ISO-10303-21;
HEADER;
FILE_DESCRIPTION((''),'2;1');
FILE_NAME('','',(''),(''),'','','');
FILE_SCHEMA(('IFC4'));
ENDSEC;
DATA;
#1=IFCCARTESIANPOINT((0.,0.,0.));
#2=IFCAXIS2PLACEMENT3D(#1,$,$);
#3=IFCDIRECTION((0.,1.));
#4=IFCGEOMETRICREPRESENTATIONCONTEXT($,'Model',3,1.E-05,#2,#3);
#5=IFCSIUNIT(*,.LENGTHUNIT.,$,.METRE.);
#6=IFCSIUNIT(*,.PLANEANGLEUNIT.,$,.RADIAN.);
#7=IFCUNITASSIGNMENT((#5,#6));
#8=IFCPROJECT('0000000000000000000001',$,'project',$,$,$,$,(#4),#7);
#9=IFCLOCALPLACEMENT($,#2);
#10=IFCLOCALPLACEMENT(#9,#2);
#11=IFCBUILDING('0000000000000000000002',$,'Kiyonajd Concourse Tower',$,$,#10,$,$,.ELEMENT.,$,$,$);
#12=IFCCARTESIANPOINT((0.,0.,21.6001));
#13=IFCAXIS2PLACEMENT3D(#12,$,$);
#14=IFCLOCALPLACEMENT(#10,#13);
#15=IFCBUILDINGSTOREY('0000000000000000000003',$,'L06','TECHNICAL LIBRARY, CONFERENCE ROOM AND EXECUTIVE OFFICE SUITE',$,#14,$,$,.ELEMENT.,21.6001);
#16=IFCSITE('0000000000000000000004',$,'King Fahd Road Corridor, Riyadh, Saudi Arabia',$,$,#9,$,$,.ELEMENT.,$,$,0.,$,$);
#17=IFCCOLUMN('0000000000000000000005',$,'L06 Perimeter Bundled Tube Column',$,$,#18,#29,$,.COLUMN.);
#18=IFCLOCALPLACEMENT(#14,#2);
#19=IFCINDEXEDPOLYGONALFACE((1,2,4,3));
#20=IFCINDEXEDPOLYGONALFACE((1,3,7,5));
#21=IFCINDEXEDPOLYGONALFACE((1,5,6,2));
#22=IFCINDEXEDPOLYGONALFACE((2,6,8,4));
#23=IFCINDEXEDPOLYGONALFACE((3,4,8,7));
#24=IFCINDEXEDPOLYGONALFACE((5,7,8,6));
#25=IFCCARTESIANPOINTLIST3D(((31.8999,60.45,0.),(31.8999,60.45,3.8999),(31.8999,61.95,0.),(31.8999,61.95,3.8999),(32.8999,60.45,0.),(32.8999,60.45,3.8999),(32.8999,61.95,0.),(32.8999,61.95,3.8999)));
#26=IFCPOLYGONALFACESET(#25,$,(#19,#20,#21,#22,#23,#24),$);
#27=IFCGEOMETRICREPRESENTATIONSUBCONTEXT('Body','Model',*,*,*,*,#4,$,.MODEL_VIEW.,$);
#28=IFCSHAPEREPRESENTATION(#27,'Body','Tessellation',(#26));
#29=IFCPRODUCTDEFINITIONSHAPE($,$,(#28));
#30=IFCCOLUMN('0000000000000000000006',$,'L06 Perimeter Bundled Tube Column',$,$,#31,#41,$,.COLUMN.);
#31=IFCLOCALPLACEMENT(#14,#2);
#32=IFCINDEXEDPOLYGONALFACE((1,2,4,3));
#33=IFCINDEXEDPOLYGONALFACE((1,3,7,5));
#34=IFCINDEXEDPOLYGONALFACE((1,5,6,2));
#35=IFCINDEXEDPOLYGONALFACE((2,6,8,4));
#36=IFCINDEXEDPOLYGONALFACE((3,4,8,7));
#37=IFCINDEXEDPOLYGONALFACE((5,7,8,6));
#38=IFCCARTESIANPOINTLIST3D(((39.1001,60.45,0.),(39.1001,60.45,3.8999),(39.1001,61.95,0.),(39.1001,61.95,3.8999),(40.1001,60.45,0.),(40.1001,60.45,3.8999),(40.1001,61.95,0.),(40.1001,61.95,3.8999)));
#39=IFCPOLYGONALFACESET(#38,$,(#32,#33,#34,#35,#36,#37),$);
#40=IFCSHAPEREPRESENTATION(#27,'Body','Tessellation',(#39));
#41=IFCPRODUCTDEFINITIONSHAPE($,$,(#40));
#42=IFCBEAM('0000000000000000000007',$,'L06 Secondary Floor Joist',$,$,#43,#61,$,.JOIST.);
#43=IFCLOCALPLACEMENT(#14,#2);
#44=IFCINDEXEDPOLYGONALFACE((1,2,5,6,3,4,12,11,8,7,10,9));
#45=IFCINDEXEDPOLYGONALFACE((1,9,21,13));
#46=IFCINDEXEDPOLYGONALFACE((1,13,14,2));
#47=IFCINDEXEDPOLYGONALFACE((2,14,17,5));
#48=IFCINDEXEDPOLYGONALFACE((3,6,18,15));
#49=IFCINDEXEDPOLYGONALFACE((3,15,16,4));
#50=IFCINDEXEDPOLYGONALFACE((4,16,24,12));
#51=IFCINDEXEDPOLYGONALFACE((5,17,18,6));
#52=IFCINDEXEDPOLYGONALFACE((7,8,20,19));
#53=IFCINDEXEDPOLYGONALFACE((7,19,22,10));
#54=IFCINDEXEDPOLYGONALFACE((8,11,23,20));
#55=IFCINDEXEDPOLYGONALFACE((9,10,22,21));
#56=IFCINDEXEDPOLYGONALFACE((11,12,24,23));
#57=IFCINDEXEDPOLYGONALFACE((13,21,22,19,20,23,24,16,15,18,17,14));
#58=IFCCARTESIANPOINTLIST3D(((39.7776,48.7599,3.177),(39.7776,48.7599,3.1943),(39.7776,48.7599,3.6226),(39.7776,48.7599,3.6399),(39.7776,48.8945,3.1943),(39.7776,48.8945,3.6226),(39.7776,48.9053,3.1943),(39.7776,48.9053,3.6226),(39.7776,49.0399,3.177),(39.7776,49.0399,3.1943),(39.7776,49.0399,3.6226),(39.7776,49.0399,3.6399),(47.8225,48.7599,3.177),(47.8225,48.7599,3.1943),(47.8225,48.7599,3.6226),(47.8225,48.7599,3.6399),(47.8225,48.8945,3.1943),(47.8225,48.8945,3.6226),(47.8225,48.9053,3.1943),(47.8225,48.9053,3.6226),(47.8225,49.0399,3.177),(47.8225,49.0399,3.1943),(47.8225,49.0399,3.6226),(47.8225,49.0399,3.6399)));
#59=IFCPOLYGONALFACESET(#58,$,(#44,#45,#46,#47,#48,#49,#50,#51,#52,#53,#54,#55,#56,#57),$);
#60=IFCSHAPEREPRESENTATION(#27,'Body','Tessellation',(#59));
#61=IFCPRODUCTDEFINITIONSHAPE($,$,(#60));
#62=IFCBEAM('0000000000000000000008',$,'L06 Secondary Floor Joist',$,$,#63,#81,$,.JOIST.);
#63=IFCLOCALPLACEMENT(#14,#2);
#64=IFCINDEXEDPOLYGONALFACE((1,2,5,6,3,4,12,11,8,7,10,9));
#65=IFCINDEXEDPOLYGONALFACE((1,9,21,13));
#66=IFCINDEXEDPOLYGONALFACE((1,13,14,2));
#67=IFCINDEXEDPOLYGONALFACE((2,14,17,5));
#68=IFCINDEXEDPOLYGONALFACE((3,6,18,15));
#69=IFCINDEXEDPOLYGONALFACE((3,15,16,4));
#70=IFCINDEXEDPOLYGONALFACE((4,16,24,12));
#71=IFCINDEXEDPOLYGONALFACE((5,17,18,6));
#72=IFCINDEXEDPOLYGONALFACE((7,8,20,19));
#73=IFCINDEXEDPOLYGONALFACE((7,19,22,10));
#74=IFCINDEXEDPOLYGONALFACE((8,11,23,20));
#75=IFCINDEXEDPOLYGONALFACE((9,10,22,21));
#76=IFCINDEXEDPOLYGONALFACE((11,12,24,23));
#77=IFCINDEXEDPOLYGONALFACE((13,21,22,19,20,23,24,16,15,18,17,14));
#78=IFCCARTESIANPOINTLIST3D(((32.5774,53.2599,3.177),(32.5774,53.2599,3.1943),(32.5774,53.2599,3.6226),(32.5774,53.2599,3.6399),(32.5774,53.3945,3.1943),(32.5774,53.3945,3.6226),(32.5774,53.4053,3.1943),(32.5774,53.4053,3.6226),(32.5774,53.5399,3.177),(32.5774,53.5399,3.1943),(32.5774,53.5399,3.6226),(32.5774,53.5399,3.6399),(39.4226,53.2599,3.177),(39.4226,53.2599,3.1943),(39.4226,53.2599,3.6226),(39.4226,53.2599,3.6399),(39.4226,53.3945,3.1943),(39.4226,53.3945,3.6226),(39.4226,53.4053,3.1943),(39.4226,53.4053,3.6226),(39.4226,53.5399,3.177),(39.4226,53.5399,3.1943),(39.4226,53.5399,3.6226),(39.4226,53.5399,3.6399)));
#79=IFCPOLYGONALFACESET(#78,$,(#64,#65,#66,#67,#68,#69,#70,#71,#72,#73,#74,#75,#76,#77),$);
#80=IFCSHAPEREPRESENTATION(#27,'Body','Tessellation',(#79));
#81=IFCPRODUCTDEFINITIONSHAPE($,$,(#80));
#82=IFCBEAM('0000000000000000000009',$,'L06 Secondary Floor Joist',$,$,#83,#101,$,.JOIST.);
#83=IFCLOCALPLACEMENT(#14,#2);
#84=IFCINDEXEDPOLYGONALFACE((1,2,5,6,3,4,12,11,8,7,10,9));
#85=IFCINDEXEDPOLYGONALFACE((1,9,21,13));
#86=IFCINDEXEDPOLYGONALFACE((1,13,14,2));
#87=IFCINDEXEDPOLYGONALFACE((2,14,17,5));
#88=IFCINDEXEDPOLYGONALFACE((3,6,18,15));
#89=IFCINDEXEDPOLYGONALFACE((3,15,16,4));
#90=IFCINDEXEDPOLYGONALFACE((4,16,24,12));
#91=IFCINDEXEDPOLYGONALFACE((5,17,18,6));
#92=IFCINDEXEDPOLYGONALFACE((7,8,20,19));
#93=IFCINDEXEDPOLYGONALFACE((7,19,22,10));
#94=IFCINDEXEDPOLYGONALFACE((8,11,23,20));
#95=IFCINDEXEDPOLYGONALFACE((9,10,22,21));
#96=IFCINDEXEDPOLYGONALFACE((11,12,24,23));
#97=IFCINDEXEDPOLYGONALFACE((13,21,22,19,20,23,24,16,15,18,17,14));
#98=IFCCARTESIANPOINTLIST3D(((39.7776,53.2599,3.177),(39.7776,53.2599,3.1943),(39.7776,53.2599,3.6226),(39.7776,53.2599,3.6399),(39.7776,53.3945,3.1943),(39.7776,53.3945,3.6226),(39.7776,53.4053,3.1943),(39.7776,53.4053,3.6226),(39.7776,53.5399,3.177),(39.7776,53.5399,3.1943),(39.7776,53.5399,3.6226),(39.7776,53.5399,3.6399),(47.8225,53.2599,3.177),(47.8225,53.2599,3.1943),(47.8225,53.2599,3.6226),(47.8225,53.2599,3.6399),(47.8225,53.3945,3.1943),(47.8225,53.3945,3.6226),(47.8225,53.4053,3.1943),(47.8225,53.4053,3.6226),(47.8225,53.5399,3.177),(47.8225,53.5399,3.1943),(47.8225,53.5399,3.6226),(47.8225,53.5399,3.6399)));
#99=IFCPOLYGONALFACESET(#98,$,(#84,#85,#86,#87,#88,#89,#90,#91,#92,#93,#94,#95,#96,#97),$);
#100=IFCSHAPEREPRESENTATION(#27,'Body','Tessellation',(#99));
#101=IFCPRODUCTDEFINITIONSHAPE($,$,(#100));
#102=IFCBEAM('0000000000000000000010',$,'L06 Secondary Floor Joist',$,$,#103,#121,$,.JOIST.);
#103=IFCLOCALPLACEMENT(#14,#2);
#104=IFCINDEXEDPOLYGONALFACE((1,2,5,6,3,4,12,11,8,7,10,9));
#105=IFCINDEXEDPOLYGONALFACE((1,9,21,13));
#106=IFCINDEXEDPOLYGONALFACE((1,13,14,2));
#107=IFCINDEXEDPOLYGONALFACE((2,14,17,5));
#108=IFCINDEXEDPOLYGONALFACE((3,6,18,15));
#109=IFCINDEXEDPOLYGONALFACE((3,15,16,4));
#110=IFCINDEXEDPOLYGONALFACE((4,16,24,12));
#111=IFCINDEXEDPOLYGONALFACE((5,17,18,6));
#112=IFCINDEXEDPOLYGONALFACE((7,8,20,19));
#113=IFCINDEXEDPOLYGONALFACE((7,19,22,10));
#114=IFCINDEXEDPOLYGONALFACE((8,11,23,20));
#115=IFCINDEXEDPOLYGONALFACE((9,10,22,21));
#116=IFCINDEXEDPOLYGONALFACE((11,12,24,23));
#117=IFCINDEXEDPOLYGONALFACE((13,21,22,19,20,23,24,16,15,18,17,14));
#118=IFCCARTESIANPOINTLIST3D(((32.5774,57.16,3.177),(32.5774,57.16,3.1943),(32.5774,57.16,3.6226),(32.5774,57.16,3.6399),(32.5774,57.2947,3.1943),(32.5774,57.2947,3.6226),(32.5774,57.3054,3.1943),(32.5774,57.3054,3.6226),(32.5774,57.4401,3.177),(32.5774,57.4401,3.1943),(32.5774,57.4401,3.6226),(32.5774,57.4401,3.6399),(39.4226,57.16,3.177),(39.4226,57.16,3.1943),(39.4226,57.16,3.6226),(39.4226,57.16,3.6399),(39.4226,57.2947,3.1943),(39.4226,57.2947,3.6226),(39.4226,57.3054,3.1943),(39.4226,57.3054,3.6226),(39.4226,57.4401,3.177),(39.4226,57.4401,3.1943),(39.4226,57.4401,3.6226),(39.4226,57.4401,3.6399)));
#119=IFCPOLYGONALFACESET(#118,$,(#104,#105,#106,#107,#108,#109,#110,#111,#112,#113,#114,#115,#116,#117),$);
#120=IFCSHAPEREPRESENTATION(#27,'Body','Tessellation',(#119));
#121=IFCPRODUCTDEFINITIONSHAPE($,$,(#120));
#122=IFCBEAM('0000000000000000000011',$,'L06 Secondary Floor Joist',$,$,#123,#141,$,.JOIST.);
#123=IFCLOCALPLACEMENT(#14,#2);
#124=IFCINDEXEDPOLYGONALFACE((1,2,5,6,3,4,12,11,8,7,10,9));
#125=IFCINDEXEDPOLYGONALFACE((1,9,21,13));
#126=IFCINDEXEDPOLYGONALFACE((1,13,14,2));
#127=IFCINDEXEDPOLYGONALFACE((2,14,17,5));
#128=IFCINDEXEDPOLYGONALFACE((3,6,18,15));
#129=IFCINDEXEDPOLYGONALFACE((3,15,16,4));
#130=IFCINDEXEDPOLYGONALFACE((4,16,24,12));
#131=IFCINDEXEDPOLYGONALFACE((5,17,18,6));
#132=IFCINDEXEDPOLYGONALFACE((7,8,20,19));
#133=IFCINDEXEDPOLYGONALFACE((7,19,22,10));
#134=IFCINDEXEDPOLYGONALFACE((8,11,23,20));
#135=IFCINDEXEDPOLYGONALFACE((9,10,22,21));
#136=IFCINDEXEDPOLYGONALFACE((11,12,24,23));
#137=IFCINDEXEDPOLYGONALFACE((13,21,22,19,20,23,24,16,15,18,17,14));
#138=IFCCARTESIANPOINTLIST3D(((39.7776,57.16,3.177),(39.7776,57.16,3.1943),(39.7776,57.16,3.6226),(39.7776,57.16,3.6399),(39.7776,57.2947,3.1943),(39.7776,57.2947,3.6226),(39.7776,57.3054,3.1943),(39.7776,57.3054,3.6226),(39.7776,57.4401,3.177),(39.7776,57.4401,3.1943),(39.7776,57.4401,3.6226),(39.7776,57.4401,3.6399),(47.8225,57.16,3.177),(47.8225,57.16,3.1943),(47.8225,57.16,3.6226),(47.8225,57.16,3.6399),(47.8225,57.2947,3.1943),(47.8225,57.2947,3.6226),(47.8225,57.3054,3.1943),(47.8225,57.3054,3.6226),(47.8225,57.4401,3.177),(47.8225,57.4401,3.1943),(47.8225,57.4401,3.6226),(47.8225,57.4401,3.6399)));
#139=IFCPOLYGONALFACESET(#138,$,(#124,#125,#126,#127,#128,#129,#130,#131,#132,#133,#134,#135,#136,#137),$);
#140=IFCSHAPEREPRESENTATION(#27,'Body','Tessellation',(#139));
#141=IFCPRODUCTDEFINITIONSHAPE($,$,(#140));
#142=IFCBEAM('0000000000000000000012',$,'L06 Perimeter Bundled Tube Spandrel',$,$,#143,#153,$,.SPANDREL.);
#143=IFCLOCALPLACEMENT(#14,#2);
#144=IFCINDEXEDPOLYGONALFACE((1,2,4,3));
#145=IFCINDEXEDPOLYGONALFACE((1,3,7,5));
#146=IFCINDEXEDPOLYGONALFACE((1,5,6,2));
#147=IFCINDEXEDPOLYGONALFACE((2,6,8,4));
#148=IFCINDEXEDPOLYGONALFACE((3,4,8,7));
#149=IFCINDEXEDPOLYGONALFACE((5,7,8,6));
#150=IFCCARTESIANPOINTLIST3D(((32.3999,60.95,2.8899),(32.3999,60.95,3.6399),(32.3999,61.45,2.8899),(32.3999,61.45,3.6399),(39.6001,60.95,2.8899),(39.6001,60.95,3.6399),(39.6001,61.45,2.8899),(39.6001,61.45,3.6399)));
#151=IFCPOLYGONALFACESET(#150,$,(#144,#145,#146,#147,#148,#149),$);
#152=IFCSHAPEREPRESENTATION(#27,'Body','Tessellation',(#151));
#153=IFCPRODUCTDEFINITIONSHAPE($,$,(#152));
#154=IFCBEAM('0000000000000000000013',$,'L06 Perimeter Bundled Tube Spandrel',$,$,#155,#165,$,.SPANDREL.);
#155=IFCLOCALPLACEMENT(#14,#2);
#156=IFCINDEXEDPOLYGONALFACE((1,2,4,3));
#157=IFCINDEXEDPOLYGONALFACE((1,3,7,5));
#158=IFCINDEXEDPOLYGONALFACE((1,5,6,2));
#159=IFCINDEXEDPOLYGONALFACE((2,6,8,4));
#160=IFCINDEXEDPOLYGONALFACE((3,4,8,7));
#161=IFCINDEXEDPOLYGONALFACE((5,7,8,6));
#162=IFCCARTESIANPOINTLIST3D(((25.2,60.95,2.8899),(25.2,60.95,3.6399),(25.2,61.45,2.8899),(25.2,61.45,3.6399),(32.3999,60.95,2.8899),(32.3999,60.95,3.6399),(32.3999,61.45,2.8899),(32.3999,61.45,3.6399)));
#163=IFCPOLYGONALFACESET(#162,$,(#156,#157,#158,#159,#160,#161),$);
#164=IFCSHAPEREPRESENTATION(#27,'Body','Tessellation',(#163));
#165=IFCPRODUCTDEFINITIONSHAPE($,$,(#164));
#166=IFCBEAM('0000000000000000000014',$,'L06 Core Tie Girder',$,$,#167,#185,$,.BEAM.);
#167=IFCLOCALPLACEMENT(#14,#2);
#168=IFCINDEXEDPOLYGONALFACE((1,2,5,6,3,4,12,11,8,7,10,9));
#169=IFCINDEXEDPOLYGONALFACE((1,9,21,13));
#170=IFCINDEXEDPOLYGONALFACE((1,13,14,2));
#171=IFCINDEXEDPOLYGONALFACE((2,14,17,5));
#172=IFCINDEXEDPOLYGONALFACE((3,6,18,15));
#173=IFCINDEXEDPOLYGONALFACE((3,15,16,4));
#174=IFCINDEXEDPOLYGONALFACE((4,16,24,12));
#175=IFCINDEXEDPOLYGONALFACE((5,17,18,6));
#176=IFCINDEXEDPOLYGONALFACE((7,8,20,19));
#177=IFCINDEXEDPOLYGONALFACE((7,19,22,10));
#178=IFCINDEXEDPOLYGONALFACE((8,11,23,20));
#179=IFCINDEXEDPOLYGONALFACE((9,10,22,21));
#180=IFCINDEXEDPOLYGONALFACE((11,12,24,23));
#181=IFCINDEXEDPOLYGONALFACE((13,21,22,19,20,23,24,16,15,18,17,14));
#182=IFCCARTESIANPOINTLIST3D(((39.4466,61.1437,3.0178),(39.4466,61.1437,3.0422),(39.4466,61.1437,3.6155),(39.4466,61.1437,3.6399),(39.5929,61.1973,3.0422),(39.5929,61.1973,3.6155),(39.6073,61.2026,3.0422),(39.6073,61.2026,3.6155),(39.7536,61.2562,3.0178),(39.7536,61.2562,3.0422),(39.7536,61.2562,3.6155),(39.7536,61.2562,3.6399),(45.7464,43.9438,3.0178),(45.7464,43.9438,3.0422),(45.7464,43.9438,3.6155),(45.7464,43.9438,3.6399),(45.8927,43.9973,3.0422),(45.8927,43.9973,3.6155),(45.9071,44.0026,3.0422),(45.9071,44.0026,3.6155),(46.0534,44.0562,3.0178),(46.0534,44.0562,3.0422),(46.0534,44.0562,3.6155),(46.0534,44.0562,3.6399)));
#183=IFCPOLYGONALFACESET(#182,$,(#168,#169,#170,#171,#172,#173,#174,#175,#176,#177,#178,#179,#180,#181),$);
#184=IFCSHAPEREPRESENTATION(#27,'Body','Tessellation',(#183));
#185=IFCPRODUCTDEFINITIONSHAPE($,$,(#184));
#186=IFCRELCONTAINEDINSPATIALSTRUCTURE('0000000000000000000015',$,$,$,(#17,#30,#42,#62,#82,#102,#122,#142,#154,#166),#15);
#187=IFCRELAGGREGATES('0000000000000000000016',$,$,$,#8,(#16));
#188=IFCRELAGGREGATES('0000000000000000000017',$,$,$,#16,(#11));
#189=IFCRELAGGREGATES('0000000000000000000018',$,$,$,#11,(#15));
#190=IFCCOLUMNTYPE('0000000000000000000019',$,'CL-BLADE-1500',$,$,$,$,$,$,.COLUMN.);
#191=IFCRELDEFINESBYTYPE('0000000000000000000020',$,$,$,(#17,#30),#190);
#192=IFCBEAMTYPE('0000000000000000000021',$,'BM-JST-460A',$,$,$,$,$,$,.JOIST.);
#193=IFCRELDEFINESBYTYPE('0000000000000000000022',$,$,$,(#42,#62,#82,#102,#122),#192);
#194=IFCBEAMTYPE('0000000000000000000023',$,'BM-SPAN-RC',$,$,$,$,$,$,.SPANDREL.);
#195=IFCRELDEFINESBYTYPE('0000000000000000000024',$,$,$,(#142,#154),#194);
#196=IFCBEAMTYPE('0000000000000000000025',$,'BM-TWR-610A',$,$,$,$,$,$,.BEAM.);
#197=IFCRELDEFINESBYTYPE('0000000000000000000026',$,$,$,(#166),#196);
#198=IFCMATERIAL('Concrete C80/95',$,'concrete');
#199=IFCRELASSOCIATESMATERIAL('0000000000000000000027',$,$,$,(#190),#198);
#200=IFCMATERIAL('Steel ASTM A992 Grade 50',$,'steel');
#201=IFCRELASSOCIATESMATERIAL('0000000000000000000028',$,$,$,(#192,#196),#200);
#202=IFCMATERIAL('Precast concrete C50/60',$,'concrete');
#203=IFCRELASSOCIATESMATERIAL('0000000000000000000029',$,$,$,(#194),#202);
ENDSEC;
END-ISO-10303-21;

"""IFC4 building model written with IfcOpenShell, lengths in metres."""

from ifc_helpers import new_model, si_unit, direction, frame, origin, origin_2d, place, context, subcontext, project, spatial, rectangle, i_section, extrude, material, material_profile, profile_set, type_object, element, save


model = new_model("IFC4")

# Units and contexts
model_context = context("Model", 3, precision=1e-05, world=origin(), true_north=direction((0.0, 1.0)))
body_context = subcontext(model_context, "Body", "Model", "MODEL_VIEW")
ifc_project = project(units=[si_unit("LENGTHUNIT", "METRE"), si_unit("PLANEANGLEUNIT", "RADIAN")], contexts=[model_context])

# Site, building, storey
site_placement = place(None, origin())
site = spatial("IfcSite", under=ifc_project, at=site_placement, Name="King Fahd Road Corridor, Riyadh, Saudi Arabia", CompositionType="ELEMENT", RefElevation=0.0)
building_placement = place(site_placement, origin())
building = spatial("IfcBuilding", under=site, at=building_placement, Name="Kiyonajd Concourse Tower", CompositionType="ELEMENT")
storey_placement = place(building_placement, frame((0.0, 0.0, 21.6001)))
storey = spatial("IfcBuildingStorey", under=building, at=storey_placement, Name="L06", Description="TECHNICAL LIBRARY, CONFERENCE ROOM AND EXECUTIVE OFFICE SUITE", CompositionType="ELEMENT", Elevation=21.6001)

# Columns
ifc_material_1 = material(Name="Concrete C80/95", Category="concrete")
ifc_material_profile_1 = material_profile(ifc_material_1, rectangle(XDim=1.0, YDim=1.5, at=origin_2d()), Name="RC-1500x1000")
ifc_profile_set_1 = profile_set([ifc_material_profile_1], Name="Concrete C80/95")
column_type = type_object("IfcColumnType", Name="CL-BLADE-1500", PredefinedType="COLUMN", material=ifc_profile_set_1)
for number, where, z_axis, x_axis, name in (
    (1, (32.3999, 61.2, 0.0), (0.0, 0.0, 1.0), (1.0, 0.0, 0.0), "L06 Perimeter Bundled Tube Column"),
    (2, (39.6001, 61.2, 0.0), (0.0, 0.0, 1.0), (1.0, 0.0, 0.0), "L06 Perimeter Bundled Tube Column"),
):
    element("IfcColumn", number, at=place(storey_placement, frame(where, z_axis=z_axis, x_axis=x_axis)), inside=storey, type_object=column_type, Name=name, PredefinedType="COLUMN", context=body_context, shape_type="SweptSolid", body=[
        extrude(rectangle(XDim=1.0, YDim=1.5, at=origin_2d()), origin(), (0.0, 0.0, 1.0), 3.8999),
    ])

# Beams
ifc_material_2 = material(Name="Steel ASTM A992 Grade 50", Category="steel")
ifc_material_profile_2 = material_profile(ifc_material_2, i_section(OverallWidth=0.28, OverallDepth=0.4629, WebThickness=0.0107, FlangeThickness=0.0173, at=origin_2d()), Name="W460X113")
ifc_profile_set_2 = profile_set([ifc_material_profile_2], Name="Steel ASTM A992 Grade 50")
beam_type_1 = type_object("IfcBeamType", Name="BM-JST-460A", PredefinedType="JOIST", material=ifc_profile_set_2)
beam_1_placement = place(storey_placement, frame((39.7776, 48.8999, 3.4084), z_axis=(1.0, 0.0, 0.0), x_axis=(0.0, 1.0, 0.0)))
element("IfcBeam", 3, at=beam_1_placement, inside=storey, type_object=beam_type_1, Name="L06 Secondary Floor Joist", PredefinedType="JOIST", context=body_context, shape_type="SweptSolid", body=[
    extrude(i_section(OverallWidth=0.28, OverallDepth=0.4629, WebThickness=0.0107, FlangeThickness=0.0173, at=origin_2d()), origin(), (0.0, 0.0, 1.0), 8.0449),
])
beam_2_placement = place(storey_placement, frame((32.5774, 53.3999, 3.4084), z_axis=(1.0, 0.0, 0.0), x_axis=(0.0, 1.0, 0.0)))
element("IfcBeam", 4, at=beam_2_placement, inside=storey, type_object=beam_type_1, Name="L06 Secondary Floor Joist", PredefinedType="JOIST", context=body_context, shape_type="SweptSolid", body=[
    extrude(i_section(OverallWidth=0.28, OverallDepth=0.4629, WebThickness=0.0107, FlangeThickness=0.0173, at=origin_2d()), origin(), (0.0, 0.0, 1.0), 6.8452),
])
beam_3_placement = place(storey_placement, frame((39.7776, 53.3999, 3.4084), z_axis=(1.0, 0.0, 0.0), x_axis=(0.0, 1.0, 0.0)))
element("IfcBeam", 5, at=beam_3_placement, inside=storey, type_object=beam_type_1, Name="L06 Secondary Floor Joist", PredefinedType="JOIST", context=body_context, shape_type="SweptSolid", body=[
    extrude(i_section(OverallWidth=0.28, OverallDepth=0.4629, WebThickness=0.0107, FlangeThickness=0.0173, at=origin_2d()), origin(), (0.0, 0.0, 1.0), 8.0449),
])
beam_4_placement = place(storey_placement, frame((32.5774, 57.3, 3.4084), z_axis=(1.0, 0.0, 0.0), x_axis=(0.0, 1.0, 0.0)))
element("IfcBeam", 6, at=beam_4_placement, inside=storey, type_object=beam_type_1, Name="L06 Secondary Floor Joist", PredefinedType="JOIST", context=body_context, shape_type="SweptSolid", body=[
    extrude(i_section(OverallWidth=0.28, OverallDepth=0.4629, WebThickness=0.0107, FlangeThickness=0.0173, at=origin_2d()), origin(), (0.0, 0.0, 1.0), 6.8452),
])
beam_5_placement = place(storey_placement, frame((39.7776, 57.3, 3.4084), z_axis=(1.0, 0.0, 0.0), x_axis=(0.0, 1.0, 0.0)))
element("IfcBeam", 7, at=beam_5_placement, inside=storey, type_object=beam_type_1, Name="L06 Secondary Floor Joist", PredefinedType="JOIST", context=body_context, shape_type="SweptSolid", body=[
    extrude(i_section(OverallWidth=0.28, OverallDepth=0.4629, WebThickness=0.0107, FlangeThickness=0.0173, at=origin_2d()), origin(), (0.0, 0.0, 1.0), 8.0449),
])
ifc_material_3 = material(Name="Precast concrete C50/60", Category="concrete")
ifc_material_profile_3 = material_profile(ifc_material_3, rectangle(XDim=0.5, YDim=0.75, at=origin_2d()), Name="RCBM-500x750")
ifc_profile_set_3 = profile_set([ifc_material_profile_3], Name="Precast concrete C50/60")
beam_type_2 = type_object("IfcBeamType", Name="BM-SPAN-RC", PredefinedType="SPANDREL", material=ifc_profile_set_3)
beam_6_placement = place(storey_placement, frame((39.6001, 61.2, 3.2649), z_axis=(-1.0, 0.0, 0.0), x_axis=(0.0, -1.0, 0.0)))
element("IfcBeam", 8, at=beam_6_placement, inside=storey, type_object=beam_type_2, Name="L06 Perimeter Bundled Tube Spandrel", PredefinedType="SPANDREL", context=body_context, shape_type="SweptSolid", body=[
    extrude(rectangle(XDim=0.5, YDim=0.75, at=origin_2d()), origin(), (0.0, 0.0, 1.0), 7.2002),
])
beam_7_placement = place(storey_placement, frame((32.3999, 61.2, 3.2649), z_axis=(-1.0, 0.0, 0.0), x_axis=(0.0, -1.0, 0.0)))
element("IfcBeam", 9, at=beam_7_placement, inside=storey, type_object=beam_type_2, Name="L06 Perimeter Bundled Tube Spandrel", PredefinedType="SPANDREL", context=body_context, shape_type="SweptSolid", body=[
    extrude(rectangle(XDim=0.5, YDim=0.75, at=origin_2d()), origin(), (0.0, 0.0, 1.0), 7.2),
])
ifc_material_profile_4 = material_profile(ifc_material_2, i_section(OverallWidth=0.3269, OverallDepth=0.6221, WebThickness=0.0154, FlangeThickness=0.0244, at=origin_2d()), Name="W610X195")
ifc_profile_set_4 = profile_set([ifc_material_profile_4], Name="Steel ASTM A992 Grade 50")
beam_type_3 = type_object("IfcBeamType", Name="BM-TWR-610A", PredefinedType="BEAM", material=ifc_profile_set_4)
beam_8_placement = place(storey_placement, frame((39.6001, 61.2, 3.3289), z_axis=(0.343925, -0.938997, 0.0), x_axis=(0.938997, 0.343925, 0.0)))
element("IfcBeam", 10, at=beam_8_placement, inside=storey, type_object=beam_type_3, Name="L06 Core Tie Girder", PredefinedType="BEAM", context=body_context, shape_type="SweptSolid", body=[
    extrude(i_section(OverallWidth=0.3269, OverallDepth=0.6221, WebThickness=0.0154, FlangeThickness=0.0244, at=origin_2d()), origin(), (0.0, 0.0, 1.0), 18.3174),
])

save(model, "model.ifc")
